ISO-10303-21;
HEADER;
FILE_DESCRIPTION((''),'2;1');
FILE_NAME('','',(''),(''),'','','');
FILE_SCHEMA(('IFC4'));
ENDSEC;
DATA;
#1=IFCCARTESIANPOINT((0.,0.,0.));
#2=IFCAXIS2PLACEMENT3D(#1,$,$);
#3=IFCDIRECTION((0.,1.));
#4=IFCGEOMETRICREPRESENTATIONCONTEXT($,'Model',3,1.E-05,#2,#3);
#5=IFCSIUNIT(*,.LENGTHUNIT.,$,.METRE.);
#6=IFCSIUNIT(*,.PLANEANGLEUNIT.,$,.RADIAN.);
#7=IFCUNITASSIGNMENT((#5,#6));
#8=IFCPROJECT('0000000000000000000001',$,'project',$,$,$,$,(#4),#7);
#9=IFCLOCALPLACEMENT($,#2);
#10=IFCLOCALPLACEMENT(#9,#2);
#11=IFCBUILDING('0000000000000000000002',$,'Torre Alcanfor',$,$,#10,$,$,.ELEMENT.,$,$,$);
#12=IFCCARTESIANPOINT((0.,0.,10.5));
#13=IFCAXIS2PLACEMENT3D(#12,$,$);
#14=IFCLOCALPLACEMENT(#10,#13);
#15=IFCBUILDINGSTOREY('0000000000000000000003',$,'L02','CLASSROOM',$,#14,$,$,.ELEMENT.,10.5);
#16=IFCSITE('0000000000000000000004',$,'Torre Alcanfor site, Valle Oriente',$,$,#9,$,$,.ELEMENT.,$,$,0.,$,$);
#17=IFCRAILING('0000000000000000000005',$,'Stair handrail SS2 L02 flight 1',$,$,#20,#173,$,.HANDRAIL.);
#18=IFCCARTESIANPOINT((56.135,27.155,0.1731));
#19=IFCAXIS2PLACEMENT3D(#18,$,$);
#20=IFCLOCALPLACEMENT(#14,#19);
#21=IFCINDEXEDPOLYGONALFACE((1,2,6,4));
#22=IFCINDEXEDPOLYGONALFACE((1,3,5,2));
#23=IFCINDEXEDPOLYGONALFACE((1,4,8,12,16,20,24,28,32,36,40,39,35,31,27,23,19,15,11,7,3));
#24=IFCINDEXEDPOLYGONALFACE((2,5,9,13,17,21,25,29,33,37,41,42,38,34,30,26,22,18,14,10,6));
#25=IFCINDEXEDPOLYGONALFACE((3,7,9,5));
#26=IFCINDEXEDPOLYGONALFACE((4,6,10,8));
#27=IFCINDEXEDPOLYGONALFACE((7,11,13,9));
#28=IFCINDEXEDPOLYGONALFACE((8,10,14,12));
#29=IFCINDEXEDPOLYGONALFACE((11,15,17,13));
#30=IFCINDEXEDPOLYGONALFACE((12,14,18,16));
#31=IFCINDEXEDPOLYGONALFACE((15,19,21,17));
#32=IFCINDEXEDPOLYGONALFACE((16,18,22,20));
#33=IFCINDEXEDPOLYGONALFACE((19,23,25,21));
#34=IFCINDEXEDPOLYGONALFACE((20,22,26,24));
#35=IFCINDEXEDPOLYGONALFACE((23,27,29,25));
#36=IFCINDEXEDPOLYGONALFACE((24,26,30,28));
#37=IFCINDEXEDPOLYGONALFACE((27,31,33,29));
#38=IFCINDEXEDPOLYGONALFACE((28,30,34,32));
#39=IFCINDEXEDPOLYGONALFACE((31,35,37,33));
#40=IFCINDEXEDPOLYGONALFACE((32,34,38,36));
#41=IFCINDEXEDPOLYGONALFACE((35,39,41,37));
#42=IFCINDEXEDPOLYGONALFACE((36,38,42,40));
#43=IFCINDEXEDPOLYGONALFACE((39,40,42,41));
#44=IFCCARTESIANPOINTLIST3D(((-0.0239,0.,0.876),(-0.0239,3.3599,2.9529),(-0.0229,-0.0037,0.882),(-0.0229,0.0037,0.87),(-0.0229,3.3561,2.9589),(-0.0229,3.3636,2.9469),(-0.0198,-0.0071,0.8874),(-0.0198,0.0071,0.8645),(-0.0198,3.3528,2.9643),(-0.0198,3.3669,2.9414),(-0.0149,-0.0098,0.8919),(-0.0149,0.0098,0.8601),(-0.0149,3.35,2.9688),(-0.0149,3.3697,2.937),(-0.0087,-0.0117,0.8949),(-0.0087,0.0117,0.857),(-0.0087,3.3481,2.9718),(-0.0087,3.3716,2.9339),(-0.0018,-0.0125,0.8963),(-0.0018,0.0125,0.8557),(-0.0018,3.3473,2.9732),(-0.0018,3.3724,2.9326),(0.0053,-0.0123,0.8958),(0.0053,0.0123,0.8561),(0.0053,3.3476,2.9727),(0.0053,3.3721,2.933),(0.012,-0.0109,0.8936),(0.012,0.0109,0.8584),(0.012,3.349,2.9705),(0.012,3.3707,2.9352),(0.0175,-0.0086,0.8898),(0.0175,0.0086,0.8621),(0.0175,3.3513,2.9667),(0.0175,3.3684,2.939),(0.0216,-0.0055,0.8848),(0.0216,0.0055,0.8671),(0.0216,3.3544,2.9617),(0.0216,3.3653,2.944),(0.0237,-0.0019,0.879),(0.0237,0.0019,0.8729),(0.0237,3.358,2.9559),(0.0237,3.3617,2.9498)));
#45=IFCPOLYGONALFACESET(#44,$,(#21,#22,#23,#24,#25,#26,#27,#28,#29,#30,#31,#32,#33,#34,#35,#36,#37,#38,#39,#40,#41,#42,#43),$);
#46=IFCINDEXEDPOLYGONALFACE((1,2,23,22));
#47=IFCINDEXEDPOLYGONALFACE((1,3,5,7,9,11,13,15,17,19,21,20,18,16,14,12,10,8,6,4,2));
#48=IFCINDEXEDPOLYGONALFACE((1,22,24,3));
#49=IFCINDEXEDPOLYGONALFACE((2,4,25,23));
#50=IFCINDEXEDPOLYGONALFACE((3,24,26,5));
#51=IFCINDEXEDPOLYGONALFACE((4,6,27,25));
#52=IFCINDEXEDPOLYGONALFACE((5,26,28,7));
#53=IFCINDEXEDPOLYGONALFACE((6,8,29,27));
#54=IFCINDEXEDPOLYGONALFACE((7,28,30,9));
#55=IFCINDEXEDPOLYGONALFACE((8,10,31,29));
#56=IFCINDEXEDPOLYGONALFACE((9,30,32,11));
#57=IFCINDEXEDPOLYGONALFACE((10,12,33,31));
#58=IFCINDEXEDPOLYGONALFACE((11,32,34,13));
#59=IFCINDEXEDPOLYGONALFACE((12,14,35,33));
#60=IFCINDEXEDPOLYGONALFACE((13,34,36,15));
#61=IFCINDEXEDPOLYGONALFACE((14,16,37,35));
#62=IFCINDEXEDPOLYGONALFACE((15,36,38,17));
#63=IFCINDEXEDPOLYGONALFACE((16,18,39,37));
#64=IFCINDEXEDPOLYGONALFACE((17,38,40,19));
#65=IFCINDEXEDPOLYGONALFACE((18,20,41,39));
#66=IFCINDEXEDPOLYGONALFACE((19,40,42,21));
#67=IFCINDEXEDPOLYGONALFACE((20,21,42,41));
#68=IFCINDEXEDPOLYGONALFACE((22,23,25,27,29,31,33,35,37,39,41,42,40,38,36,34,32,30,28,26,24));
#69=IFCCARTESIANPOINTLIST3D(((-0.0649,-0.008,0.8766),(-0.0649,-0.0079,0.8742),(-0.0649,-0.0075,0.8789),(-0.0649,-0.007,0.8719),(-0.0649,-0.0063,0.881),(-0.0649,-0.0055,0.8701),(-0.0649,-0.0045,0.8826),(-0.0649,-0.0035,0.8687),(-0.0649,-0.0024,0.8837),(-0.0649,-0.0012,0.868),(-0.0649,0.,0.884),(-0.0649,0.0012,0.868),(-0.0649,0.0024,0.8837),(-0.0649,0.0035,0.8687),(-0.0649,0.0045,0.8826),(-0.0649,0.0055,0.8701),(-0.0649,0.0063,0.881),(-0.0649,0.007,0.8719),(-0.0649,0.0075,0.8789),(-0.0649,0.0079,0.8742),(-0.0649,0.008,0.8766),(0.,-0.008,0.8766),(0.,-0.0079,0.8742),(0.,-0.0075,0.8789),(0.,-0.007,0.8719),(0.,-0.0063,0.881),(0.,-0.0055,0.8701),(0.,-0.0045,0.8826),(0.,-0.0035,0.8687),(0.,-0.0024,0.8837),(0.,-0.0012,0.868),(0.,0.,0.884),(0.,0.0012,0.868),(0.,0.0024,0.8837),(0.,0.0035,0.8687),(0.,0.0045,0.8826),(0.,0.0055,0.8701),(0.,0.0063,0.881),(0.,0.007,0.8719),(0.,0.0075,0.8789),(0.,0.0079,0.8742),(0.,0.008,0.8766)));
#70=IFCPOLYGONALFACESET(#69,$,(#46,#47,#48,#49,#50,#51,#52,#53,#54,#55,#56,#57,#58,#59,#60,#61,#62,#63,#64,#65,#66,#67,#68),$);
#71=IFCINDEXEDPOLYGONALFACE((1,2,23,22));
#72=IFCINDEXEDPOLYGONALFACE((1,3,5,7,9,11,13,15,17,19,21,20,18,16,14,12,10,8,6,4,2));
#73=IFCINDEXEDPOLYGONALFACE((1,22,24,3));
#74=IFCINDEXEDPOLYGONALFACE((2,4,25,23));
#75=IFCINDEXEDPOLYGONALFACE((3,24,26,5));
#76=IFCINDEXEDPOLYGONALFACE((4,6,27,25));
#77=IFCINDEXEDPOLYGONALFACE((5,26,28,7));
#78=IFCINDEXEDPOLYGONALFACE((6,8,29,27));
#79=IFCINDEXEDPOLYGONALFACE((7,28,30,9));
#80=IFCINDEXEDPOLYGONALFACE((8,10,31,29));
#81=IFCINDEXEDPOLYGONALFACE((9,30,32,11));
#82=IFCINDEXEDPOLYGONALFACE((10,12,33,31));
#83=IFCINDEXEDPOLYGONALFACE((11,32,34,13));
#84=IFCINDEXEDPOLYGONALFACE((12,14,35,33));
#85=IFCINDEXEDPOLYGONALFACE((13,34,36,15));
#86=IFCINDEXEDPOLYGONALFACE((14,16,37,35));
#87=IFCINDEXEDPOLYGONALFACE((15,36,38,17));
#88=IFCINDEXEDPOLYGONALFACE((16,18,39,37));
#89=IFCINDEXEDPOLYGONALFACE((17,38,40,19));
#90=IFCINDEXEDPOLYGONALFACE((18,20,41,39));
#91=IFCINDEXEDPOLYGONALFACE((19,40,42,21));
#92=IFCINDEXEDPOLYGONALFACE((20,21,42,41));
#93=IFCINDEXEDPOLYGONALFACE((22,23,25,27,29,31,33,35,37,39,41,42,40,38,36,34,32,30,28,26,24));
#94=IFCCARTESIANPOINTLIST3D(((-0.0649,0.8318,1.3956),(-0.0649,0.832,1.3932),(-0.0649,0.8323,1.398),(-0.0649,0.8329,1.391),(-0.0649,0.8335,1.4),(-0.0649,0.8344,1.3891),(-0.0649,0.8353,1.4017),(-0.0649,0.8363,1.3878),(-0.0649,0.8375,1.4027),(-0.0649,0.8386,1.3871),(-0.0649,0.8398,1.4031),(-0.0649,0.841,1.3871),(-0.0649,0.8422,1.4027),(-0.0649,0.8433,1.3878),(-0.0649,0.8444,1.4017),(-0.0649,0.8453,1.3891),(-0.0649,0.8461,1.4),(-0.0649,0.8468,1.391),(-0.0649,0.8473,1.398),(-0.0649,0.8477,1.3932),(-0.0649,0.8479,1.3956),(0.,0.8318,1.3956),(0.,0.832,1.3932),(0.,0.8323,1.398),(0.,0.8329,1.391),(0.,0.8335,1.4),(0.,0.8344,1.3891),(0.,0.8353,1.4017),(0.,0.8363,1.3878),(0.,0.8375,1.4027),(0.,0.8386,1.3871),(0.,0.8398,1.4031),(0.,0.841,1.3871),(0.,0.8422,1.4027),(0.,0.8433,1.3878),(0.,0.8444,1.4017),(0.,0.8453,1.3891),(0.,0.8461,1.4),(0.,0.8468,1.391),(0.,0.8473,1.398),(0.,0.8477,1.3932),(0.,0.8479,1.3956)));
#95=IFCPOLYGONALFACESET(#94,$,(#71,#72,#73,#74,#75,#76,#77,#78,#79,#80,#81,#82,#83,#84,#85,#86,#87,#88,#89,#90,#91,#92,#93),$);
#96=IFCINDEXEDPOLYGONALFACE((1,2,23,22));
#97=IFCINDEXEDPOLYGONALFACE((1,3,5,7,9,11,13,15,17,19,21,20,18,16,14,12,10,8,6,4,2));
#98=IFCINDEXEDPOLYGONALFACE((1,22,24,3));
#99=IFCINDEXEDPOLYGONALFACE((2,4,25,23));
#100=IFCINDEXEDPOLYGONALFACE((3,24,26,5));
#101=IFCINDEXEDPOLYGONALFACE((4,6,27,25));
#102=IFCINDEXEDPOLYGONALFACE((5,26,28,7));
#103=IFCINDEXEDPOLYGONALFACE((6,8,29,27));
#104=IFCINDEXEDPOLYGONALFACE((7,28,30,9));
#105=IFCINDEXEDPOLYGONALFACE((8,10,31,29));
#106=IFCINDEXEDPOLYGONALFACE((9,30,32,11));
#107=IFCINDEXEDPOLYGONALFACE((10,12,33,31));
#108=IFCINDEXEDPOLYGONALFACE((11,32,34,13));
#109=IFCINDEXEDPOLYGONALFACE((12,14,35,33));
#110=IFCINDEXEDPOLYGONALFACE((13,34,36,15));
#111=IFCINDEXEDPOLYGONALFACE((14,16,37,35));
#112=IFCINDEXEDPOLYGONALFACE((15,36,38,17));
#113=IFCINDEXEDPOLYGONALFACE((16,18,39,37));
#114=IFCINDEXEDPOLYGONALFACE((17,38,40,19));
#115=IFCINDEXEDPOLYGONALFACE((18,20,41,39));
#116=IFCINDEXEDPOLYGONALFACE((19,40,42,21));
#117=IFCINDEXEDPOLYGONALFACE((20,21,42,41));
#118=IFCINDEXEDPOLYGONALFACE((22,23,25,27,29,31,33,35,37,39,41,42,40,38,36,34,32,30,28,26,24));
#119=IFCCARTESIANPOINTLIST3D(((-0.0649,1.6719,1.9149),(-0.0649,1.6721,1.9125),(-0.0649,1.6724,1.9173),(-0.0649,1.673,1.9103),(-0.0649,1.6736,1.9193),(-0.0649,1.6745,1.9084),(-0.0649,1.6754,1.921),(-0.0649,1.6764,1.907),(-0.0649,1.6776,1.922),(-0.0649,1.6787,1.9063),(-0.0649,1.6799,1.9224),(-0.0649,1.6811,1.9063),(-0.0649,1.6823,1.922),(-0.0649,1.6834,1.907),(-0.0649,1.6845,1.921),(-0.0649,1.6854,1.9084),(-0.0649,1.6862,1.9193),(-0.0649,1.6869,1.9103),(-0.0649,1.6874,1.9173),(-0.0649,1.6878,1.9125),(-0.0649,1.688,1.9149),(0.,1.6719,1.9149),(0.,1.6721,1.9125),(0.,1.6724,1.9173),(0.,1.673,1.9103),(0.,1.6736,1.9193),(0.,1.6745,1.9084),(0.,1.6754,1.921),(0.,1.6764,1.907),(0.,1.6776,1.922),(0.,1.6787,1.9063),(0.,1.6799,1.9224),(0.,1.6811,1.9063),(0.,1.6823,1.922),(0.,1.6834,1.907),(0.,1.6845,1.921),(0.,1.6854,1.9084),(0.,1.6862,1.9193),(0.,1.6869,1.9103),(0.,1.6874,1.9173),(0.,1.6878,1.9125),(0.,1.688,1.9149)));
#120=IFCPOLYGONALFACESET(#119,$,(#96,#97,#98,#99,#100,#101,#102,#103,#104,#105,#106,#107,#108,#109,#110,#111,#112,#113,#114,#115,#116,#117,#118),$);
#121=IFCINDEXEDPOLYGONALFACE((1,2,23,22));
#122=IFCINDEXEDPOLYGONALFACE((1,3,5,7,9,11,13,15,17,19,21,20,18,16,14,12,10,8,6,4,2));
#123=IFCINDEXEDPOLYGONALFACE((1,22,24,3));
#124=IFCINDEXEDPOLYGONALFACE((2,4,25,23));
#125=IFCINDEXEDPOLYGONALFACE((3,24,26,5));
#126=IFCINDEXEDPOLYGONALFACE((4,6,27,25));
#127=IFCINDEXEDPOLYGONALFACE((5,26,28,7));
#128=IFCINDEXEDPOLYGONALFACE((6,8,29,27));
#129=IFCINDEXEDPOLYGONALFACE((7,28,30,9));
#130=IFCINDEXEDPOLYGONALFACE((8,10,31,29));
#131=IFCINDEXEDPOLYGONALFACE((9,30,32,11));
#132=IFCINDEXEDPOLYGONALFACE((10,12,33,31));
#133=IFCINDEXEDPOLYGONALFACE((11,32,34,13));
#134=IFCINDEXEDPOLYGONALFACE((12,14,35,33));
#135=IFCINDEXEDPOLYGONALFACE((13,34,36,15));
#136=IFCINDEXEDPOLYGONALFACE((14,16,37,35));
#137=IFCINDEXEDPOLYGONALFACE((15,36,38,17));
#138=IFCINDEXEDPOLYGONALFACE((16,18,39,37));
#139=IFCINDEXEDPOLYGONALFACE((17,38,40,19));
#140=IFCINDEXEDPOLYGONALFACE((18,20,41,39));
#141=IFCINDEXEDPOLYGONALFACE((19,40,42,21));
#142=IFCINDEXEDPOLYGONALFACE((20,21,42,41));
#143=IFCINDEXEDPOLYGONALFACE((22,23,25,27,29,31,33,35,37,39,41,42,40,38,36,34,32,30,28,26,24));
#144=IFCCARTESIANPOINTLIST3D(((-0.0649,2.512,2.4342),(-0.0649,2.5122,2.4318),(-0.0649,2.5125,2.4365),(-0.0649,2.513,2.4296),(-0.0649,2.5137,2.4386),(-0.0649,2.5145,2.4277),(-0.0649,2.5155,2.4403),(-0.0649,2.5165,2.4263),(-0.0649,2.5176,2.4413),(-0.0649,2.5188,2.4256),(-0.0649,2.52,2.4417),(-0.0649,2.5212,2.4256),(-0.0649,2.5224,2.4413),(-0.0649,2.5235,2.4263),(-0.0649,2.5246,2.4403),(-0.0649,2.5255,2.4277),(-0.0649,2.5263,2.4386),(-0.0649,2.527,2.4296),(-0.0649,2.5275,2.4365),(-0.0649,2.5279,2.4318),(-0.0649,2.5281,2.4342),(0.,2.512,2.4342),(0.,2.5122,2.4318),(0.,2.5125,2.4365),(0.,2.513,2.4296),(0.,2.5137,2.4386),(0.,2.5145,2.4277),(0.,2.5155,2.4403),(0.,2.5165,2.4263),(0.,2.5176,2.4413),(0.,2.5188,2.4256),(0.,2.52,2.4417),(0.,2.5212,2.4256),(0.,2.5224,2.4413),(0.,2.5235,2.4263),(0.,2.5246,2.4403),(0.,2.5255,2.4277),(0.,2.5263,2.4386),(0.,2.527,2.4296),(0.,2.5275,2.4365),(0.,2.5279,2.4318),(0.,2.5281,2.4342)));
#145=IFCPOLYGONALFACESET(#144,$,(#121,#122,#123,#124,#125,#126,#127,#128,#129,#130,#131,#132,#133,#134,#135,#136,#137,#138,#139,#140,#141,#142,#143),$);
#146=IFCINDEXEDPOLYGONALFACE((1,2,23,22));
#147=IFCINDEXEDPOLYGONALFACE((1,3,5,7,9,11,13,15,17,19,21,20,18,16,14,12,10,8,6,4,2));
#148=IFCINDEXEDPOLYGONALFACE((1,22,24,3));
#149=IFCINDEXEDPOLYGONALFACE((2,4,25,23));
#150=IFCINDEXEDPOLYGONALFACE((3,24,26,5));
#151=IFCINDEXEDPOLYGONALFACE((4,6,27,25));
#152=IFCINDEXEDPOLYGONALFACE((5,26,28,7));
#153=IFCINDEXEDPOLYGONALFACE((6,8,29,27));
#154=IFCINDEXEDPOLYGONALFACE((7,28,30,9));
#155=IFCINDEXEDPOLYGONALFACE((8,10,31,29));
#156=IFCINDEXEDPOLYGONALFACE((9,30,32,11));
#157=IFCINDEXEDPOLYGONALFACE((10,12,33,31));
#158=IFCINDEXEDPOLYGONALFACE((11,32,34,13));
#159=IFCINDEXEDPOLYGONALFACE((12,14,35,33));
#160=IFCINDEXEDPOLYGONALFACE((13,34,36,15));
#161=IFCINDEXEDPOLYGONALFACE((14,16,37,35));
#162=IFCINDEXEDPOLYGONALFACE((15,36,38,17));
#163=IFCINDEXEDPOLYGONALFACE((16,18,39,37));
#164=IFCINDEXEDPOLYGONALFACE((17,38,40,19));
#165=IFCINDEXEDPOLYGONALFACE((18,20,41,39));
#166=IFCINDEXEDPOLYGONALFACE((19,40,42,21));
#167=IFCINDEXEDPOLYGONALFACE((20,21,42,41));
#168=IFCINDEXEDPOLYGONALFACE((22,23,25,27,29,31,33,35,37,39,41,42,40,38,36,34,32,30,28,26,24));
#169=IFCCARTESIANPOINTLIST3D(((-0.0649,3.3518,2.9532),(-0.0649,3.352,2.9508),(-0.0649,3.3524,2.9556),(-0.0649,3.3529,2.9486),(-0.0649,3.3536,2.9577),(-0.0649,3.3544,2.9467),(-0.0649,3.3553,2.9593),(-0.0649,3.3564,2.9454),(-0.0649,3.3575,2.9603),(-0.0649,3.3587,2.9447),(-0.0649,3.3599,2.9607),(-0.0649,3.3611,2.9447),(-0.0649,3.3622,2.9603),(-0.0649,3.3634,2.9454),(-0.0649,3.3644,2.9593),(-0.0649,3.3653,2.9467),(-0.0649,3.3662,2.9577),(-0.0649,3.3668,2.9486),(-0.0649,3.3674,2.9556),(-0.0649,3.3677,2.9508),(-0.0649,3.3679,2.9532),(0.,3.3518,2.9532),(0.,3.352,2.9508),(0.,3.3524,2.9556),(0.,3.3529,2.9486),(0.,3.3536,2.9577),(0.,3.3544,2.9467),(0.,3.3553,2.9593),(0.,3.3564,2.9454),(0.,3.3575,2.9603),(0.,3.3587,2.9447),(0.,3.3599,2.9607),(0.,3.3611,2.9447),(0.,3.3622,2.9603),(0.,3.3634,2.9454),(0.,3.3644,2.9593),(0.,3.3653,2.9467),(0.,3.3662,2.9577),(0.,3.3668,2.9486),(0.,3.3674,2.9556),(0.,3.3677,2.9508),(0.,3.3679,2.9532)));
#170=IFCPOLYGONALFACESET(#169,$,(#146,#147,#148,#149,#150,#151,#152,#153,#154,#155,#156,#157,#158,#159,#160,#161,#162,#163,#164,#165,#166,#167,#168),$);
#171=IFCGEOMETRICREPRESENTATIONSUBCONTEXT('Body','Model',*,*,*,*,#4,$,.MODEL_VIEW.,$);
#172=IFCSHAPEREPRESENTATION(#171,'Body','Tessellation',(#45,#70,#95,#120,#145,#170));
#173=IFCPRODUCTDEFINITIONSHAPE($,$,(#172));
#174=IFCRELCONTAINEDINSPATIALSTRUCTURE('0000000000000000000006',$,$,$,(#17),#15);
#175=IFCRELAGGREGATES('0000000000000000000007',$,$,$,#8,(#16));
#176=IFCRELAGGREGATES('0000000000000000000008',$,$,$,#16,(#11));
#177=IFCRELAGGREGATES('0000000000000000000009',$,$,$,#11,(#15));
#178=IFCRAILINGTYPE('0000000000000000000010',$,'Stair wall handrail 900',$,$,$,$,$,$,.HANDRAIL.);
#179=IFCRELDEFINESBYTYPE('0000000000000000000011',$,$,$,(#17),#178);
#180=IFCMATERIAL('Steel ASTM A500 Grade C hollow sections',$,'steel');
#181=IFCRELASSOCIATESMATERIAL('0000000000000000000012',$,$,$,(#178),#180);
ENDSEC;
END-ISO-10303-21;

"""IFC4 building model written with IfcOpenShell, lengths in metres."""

from ifc_helpers import new_model, si_unit, direction, frame, origin, origin_2d, place, context, subcontext, project, spatial, circle, extrude, material, type_object, element, save


model = new_model("IFC4")

# Units and contexts
model_context = context("Model", 3, precision=1e-05, world=origin(), true_north=direction((0.0, 1.0)))
body_context = subcontext(model_context, "Body", "Model", "MODEL_VIEW")
ifc_project = project(units=[si_unit("LENGTHUNIT", "METRE"), si_unit("PLANEANGLEUNIT", "RADIAN")], contexts=[model_context])

# Site, building, storey
site_placement = place(None, origin())
site = spatial("IfcSite", under=ifc_project, at=site_placement, Name="Torre Alcanfor site, Valle Oriente", CompositionType="ELEMENT", RefElevation=0.0)
building_placement = place(site_placement, origin())
building = spatial("IfcBuilding", under=site, at=building_placement, Name="Torre Alcanfor", CompositionType="ELEMENT")
storey_placement = place(building_placement, frame((0.0, 0.0, 10.5)))
storey = spatial("IfcBuildingStorey", under=building, at=storey_placement, Name="L02", Description="CLASSROOM", CompositionType="ELEMENT", Elevation=10.5)

# Railing
ifc_material_1 = material(Name="Steel ASTM A500 Grade C hollow sections", Category="steel")
railing_type_1 = type_object("IfcRailingType", Name="Stair wall handrail 900", PredefinedType="HANDRAIL", material=ifc_material_1)
railing_1_placement = place(storey_placement, frame((56.135, 27.155, 0.1731)))
element("IfcRailing", 1, at=railing_1_placement, inside=storey, type_object=railing_type_1, Name="Stair handrail SS2 L02 flight 1", PredefinedType="HANDRAIL", context=body_context, shape_type="SweptSolid", body=[
    extrude(circle(Radius=0.0239, at=origin_2d()), frame((0.0, 0.0, 0.876), z_axis=(0.0, 0.850606, 0.525803), x_axis=(-1.0, 0.0, 0.0)), (0.0, 0.0, 1.0), 3.95),
    extrude(circle(Radius=0.0081, at=origin_2d()), frame((0.0, 0.0, 0.876), z_axis=(-1.0, 0.0, 0.0), x_axis=(0.0, 0.0, 1.0)), (0.0, 0.0, 1.0), 0.0649),
    extrude(circle(Radius=0.0081, at=origin_2d()), frame((0.0, 0.8398, 1.395), z_axis=(-1.0, 0.0, 0.0), x_axis=(0.0, 0.0, 1.0)), (0.0, 0.0, 1.0), 0.0649),
    extrude(circle(Radius=0.0081, at=origin_2d()), frame((0.0, 1.6799, 1.9143), z_axis=(-1.0, 0.0, 0.0), x_axis=(0.0, 0.0, 1.0)), (0.0, 0.0, 1.0), 0.0649),
    extrude(circle(Radius=0.0081, at=origin_2d()), frame((0.0, 2.52, 2.4336), z_axis=(-1.0, 0.0, 0.0), x_axis=(0.0, 0.0, 1.0)), (0.0, 0.0, 1.0), 0.0649),
    extrude(circle(Radius=0.0081, at=origin_2d()), frame((0.0, 3.3599, 2.9526), z_axis=(-1.0, 0.0, 0.0), x_axis=(0.0, 0.0, 1.0)), (0.0, 0.0, 1.0), 0.0649),
])

save(model, "model.ifc")
